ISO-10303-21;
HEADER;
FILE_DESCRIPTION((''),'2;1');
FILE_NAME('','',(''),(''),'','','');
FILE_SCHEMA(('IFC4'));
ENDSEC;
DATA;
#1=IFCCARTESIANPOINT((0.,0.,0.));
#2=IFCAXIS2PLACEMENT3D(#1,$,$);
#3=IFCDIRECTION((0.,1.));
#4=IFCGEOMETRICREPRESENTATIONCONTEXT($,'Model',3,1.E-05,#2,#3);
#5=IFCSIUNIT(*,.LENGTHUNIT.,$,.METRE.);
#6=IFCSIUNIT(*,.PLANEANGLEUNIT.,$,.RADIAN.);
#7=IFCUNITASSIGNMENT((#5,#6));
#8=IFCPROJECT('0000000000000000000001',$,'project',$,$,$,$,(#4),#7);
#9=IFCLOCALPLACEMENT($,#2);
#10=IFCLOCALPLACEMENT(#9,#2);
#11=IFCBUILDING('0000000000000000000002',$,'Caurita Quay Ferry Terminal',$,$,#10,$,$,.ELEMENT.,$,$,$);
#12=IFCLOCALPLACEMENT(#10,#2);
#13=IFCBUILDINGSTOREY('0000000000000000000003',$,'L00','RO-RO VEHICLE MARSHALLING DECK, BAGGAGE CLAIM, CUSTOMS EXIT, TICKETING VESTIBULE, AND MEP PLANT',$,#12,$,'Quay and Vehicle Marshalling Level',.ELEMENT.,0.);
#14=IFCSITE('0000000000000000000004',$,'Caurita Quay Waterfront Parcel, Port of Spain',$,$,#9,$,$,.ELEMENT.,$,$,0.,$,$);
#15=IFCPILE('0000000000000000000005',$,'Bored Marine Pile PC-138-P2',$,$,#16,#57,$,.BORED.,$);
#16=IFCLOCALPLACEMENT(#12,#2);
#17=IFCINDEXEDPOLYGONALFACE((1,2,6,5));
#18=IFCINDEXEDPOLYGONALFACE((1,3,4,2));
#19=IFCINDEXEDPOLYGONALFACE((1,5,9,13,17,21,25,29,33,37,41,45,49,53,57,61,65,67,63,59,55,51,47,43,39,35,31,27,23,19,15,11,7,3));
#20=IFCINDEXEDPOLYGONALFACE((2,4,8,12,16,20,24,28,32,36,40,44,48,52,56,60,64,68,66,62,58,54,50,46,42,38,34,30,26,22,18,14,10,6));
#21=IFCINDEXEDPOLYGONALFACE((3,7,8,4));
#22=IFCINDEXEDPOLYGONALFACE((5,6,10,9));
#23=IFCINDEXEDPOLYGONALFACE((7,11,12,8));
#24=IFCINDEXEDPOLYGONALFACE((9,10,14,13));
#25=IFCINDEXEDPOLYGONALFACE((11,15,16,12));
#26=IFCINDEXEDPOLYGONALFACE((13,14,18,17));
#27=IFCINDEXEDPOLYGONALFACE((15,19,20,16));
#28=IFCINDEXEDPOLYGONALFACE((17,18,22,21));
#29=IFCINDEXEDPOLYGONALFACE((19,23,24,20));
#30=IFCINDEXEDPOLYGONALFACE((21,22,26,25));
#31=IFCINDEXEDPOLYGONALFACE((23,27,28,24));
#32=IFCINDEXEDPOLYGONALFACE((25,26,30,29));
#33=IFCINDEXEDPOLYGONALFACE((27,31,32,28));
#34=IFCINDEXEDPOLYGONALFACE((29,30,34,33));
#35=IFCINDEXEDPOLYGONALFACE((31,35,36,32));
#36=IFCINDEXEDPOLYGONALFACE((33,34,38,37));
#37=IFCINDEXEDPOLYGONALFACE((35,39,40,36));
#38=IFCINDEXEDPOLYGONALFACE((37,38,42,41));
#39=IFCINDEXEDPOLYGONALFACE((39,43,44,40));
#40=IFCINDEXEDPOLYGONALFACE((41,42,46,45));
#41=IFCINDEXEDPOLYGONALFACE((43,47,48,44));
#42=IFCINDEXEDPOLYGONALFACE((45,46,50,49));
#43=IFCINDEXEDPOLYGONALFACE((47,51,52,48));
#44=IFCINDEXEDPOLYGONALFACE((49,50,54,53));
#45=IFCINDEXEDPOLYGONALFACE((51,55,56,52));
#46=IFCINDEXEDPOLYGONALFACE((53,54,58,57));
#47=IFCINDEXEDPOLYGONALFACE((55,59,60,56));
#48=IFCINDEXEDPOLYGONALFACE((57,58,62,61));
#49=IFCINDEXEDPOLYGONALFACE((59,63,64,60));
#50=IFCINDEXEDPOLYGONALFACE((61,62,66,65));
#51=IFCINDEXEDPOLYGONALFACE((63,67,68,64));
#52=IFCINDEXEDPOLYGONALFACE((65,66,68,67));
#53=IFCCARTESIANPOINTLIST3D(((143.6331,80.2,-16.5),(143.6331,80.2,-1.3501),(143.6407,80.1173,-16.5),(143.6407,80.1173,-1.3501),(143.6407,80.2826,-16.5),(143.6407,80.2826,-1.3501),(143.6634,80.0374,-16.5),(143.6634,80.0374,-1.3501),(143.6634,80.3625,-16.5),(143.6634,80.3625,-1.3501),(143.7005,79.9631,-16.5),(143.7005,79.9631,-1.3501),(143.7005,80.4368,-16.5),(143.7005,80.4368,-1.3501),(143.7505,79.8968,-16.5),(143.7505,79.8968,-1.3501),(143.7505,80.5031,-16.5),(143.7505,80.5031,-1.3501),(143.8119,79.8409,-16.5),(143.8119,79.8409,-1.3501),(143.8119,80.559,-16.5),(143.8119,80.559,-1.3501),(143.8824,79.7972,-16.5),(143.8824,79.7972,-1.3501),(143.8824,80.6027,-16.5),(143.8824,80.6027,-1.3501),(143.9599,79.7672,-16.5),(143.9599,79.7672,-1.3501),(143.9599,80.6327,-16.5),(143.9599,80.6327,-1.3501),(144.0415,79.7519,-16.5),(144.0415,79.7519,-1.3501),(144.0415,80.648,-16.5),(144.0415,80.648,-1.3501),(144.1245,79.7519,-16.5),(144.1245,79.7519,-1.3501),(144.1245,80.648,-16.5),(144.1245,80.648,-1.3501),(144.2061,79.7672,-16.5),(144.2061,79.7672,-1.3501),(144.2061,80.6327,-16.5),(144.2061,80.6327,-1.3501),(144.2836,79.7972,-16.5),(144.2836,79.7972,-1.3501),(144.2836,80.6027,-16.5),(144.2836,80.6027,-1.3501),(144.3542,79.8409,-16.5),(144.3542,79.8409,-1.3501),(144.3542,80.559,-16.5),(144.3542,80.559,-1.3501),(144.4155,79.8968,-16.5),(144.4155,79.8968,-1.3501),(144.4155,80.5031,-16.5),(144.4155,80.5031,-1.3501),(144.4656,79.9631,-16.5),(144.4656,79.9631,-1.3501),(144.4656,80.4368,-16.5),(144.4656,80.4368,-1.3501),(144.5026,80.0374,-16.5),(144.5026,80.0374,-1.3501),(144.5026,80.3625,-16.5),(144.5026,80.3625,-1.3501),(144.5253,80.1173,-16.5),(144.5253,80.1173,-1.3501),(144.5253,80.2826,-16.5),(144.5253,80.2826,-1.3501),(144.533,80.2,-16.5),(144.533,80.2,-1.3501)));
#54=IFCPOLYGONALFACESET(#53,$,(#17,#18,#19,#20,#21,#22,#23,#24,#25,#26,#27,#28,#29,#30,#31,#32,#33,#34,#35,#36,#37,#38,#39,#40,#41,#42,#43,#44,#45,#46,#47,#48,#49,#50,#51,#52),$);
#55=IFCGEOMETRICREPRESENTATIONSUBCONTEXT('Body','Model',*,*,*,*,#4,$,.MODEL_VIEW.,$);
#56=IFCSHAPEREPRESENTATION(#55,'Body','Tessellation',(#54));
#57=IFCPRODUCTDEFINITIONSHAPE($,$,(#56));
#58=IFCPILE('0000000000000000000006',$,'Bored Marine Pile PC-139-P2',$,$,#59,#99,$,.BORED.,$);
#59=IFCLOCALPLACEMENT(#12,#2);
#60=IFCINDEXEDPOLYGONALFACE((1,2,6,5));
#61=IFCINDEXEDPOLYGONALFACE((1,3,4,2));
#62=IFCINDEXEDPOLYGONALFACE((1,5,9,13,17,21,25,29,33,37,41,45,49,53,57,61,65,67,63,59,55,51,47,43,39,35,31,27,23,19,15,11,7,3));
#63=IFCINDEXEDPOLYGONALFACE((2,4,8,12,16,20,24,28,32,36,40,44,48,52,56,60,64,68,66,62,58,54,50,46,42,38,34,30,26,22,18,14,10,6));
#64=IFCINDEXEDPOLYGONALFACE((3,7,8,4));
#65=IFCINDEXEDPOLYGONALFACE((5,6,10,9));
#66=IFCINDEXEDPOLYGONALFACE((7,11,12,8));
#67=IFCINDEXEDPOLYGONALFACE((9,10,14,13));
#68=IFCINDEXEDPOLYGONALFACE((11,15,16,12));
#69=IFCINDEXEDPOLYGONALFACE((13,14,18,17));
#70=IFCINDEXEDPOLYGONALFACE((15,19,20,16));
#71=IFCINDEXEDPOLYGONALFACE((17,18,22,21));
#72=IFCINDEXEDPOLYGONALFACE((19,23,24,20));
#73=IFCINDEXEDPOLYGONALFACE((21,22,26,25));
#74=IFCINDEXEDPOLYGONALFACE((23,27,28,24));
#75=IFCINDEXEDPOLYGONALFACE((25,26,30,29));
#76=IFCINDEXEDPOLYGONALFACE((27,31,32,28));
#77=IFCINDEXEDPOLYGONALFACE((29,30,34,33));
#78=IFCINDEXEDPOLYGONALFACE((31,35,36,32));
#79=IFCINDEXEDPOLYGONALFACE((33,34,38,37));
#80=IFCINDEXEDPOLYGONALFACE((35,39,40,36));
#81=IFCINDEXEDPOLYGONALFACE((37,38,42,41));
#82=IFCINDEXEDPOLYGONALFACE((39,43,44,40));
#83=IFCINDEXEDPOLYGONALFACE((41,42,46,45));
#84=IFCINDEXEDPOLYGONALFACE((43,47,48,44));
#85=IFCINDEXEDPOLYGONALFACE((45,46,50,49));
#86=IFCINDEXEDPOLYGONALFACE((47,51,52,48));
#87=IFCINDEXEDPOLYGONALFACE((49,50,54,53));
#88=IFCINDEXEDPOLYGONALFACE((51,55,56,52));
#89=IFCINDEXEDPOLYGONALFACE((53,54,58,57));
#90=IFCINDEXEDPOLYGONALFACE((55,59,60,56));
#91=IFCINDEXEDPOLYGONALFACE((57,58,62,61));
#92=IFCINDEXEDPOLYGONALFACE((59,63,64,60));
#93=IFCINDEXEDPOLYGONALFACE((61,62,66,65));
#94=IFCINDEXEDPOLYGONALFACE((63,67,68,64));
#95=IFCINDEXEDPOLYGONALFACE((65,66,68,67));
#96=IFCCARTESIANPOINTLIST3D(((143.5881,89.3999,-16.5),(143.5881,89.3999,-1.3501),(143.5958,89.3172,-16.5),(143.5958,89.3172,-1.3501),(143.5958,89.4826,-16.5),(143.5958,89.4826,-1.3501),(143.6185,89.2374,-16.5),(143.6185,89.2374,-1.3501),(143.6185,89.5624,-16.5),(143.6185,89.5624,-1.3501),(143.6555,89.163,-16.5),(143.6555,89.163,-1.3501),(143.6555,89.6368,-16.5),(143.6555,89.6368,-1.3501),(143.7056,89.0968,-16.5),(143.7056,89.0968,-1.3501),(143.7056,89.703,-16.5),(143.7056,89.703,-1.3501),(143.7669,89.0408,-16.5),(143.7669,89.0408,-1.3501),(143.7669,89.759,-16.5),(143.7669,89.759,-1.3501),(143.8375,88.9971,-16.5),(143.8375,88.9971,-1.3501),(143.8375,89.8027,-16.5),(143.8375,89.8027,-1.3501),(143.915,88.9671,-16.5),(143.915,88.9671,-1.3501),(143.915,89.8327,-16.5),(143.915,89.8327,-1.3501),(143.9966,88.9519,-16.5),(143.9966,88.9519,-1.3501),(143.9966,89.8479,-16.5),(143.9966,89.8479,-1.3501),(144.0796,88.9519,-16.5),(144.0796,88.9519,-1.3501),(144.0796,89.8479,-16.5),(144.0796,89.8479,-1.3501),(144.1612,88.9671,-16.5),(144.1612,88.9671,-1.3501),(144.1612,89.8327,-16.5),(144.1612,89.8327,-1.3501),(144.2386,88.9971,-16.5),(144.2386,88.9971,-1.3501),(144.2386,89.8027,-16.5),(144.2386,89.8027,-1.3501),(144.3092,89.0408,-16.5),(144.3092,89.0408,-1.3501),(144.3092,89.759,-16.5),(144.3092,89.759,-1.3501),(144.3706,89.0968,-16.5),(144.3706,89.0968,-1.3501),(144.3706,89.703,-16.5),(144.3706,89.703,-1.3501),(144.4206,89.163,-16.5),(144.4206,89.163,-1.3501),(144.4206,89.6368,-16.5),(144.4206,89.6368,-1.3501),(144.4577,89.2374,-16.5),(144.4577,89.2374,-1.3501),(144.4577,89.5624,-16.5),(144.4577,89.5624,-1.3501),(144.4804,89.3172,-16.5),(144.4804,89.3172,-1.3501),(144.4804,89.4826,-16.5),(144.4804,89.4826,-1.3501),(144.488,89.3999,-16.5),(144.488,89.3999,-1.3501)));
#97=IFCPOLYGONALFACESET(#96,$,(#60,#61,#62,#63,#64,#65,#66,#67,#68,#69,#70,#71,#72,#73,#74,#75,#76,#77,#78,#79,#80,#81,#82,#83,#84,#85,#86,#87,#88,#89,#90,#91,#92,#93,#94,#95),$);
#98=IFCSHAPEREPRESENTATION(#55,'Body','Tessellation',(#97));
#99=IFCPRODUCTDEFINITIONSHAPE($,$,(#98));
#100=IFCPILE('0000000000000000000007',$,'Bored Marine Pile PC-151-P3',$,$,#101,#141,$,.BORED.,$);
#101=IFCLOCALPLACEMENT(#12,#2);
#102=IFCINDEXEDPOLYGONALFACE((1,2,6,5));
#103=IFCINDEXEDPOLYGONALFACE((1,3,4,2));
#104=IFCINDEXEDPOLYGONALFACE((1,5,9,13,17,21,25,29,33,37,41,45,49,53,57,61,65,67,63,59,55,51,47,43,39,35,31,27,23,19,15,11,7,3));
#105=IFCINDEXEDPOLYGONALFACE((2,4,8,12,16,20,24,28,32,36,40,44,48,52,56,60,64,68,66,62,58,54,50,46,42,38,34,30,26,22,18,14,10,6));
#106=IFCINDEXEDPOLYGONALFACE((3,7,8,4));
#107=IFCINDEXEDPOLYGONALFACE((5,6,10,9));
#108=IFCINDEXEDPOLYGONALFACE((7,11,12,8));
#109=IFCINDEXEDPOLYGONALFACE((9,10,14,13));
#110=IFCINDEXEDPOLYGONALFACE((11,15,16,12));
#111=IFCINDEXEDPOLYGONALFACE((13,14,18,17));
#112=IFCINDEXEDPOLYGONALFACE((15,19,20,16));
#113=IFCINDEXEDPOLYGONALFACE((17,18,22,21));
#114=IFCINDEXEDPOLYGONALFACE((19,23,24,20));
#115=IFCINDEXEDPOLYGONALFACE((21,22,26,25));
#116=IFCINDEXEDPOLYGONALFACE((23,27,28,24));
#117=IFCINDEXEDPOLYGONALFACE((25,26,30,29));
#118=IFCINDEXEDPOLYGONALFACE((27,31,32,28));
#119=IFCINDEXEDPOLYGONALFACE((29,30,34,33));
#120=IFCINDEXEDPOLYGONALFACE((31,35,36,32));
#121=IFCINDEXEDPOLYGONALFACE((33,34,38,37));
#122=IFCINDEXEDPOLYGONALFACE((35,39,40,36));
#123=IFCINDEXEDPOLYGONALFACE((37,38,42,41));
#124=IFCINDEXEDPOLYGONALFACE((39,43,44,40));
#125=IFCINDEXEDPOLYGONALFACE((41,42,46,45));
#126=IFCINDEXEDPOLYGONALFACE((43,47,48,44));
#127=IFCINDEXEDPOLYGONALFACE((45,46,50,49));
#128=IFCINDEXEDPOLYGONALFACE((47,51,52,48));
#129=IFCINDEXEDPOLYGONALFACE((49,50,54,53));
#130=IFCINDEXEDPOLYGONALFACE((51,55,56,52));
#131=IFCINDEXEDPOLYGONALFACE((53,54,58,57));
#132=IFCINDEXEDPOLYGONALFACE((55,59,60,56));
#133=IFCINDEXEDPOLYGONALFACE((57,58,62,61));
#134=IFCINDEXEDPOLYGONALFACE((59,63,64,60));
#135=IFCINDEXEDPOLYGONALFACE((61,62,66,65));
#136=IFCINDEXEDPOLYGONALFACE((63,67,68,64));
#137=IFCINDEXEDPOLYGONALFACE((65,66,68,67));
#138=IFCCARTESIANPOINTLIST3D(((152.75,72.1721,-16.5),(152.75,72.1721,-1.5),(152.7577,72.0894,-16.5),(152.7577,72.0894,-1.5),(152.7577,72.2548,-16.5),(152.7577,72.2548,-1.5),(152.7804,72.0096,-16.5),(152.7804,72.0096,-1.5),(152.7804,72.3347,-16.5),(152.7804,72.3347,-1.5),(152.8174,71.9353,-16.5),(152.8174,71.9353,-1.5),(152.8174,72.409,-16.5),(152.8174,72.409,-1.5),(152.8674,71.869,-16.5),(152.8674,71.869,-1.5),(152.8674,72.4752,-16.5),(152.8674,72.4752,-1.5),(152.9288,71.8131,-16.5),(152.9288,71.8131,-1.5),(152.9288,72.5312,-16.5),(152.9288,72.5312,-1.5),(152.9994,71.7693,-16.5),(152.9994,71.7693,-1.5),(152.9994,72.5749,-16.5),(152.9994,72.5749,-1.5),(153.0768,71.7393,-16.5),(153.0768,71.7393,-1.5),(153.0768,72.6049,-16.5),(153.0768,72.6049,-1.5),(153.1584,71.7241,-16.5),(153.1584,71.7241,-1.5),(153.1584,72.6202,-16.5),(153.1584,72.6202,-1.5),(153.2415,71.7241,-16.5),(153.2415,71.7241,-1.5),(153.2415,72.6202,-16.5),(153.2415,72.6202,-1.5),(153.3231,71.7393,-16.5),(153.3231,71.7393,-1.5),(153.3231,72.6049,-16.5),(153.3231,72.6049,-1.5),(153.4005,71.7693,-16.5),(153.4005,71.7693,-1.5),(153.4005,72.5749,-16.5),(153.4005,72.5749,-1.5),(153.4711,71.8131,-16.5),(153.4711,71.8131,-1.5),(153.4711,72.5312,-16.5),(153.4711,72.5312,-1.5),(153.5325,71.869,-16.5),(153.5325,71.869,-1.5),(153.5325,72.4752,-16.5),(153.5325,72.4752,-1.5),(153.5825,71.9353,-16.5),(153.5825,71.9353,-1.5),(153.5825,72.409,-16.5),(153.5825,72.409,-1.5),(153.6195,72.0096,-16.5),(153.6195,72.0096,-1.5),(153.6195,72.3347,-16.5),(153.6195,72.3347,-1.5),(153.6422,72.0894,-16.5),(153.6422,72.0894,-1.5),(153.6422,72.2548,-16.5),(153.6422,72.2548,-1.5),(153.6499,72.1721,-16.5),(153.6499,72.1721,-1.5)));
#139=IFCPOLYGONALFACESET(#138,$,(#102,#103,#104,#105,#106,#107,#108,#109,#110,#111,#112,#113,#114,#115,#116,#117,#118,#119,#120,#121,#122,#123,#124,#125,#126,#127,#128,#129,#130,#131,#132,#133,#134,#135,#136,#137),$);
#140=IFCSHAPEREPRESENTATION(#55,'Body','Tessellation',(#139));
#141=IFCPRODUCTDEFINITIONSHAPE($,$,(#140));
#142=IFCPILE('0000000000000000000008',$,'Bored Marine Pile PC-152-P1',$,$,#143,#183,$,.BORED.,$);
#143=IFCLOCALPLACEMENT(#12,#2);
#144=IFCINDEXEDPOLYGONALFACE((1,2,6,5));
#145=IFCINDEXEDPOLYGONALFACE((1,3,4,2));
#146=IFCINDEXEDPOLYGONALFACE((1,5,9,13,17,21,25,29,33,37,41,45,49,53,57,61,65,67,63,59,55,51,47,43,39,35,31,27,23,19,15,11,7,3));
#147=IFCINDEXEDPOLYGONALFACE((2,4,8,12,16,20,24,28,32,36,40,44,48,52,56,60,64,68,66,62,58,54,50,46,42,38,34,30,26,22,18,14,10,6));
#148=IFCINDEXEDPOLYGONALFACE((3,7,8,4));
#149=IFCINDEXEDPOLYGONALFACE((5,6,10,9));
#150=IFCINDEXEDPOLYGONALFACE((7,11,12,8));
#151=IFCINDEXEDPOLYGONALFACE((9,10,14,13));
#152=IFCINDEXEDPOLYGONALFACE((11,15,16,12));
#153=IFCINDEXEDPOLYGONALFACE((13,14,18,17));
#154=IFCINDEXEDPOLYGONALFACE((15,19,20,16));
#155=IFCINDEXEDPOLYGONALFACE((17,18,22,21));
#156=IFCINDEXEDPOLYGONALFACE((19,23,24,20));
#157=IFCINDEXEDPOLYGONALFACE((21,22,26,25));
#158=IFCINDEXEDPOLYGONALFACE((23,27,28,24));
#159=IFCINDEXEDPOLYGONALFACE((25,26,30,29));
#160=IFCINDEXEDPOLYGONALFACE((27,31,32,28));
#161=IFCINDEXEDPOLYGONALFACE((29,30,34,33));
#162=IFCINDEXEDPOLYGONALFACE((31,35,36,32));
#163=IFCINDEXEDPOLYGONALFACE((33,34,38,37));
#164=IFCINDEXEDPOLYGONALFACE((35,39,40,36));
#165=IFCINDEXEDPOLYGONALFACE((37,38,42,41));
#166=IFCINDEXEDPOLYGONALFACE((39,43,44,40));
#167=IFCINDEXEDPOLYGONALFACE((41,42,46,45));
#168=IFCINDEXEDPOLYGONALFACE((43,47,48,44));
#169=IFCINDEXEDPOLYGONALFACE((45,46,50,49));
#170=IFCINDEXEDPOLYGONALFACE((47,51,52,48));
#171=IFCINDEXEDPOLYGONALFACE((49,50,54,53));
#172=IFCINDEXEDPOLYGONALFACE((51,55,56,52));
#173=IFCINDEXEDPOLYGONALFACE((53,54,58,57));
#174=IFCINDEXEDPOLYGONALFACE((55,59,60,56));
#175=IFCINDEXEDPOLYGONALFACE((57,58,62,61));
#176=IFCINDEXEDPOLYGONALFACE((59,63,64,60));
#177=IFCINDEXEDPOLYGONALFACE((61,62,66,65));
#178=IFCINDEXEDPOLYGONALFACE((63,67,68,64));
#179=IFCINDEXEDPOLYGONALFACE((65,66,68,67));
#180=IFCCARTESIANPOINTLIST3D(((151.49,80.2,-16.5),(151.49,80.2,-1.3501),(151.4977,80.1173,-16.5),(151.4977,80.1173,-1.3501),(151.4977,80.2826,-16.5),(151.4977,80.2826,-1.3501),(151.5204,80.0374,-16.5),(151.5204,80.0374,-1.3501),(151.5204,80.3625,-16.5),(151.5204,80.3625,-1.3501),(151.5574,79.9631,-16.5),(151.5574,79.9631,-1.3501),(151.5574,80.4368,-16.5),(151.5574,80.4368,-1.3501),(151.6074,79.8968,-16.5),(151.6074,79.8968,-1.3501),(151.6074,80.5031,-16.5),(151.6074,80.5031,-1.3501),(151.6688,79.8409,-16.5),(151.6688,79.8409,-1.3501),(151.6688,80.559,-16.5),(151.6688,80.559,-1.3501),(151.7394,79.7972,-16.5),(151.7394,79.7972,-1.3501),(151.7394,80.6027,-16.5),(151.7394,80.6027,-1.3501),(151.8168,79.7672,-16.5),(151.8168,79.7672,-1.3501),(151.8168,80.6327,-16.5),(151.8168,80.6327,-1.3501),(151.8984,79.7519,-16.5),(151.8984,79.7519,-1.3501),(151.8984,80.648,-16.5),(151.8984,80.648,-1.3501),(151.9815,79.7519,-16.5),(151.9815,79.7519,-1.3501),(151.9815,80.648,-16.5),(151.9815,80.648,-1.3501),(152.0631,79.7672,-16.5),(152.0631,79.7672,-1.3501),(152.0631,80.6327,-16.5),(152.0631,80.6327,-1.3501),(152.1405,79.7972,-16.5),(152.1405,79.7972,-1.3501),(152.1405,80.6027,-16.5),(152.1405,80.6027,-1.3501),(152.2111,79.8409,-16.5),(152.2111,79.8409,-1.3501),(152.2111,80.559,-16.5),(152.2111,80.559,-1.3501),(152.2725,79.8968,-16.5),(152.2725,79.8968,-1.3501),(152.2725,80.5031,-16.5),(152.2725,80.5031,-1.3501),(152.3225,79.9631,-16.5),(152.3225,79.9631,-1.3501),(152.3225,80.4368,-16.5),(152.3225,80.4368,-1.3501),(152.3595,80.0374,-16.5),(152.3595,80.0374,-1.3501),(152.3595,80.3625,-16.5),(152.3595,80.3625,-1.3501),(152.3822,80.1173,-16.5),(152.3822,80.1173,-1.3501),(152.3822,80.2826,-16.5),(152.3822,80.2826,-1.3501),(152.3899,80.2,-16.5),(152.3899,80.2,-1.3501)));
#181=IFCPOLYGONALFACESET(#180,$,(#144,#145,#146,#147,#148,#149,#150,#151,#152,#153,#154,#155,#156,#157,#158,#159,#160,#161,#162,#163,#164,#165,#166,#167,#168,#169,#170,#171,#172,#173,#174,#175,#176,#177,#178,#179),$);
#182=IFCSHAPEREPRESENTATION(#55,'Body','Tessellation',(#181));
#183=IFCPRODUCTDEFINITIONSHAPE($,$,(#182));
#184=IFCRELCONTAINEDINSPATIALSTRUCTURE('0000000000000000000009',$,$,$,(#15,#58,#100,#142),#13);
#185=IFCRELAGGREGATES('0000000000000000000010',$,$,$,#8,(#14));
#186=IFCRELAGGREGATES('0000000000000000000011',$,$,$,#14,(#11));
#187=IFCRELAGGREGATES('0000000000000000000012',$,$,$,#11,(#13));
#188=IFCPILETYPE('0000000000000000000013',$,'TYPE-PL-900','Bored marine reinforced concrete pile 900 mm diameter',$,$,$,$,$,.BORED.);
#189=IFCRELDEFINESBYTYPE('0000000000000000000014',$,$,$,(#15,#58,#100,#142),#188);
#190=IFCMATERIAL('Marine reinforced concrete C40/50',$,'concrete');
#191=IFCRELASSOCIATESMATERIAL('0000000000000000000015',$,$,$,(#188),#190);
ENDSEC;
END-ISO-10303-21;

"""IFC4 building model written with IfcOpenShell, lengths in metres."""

from ifc_helpers import new_model, si_unit, direction, frame, origin, origin_2d, place, context, subcontext, project, spatial, circle, extrude, material, material_profile, profile_set, type_object, element, save


model = new_model("IFC4")

# Units and contexts
model_context = context("Model", 3, precision=1e-05, world=origin(), true_north=direction((0.0, 1.0)))
body_context = subcontext(model_context, "Body", "Model", "MODEL_VIEW")
ifc_project = project(units=[si_unit("LENGTHUNIT", "METRE"), si_unit("PLANEANGLEUNIT", "RADIAN")], contexts=[model_context])

# Site, building, storey
site_placement = place(None, origin())
site = spatial("IfcSite", under=ifc_project, at=site_placement, Name="Caurita Quay Waterfront Parcel, Port of Spain", CompositionType="ELEMENT", RefElevation=0.0)
building_placement = place(site_placement, origin())
building = spatial("IfcBuilding", under=site, at=building_placement, Name="Caurita Quay Ferry Terminal", CompositionType="ELEMENT")
storey_placement = place(building_placement, origin())
storey = spatial("IfcBuildingStorey", under=building, at=storey_placement, Name="L00", Description="RO-RO VEHICLE MARSHALLING DECK, BAGGAGE CLAIM, CUSTOMS EXIT, TICKETING VESTIBULE, AND MEP PLANT", LongName="Quay and Vehicle Marshalling Level", CompositionType="ELEMENT", Elevation=0.0)

# Piles
ifc_material_1 = material(Name="Marine reinforced concrete C40/50", Category="concrete")
ifc_material_profile_1 = material_profile(ifc_material_1, circle(Radius=0.45, at=origin_2d()), Name="PILE-D900")
ifc_profile_set_1 = profile_set([ifc_material_profile_1], Name="Marine reinforced concrete C40/50")
pile_type = type_object("IfcPileType", Name="TYPE-PL-900", Description="Bored marine reinforced concrete pile 900 mm diameter", PredefinedType="BORED", material=ifc_profile_set_1)
for number, where, z_axis, x_axis, name in (
    (1, (144.083, 80.2, -1.3501), (0.0, 0.0, -1.0), (1.0, 0.0, 0.0), "Bored Marine Pile PC-138-P2"),
    (2, (144.0381, 89.3999, -1.3501), (0.0, 0.0, -1.0), (1.0, 0.0, 0.0), "Bored Marine Pile PC-139-P2"),
):
    element("IfcPile", number, at=place(storey_placement, frame(where, z_axis=z_axis, x_axis=x_axis)), inside=storey, type_object=pile_type, Name=name, PredefinedType="BORED", context=body_context, shape_type="SweptSolid", body=[
        extrude(circle(Radius=0.45, at=origin_2d()), origin(), (0.0, 0.0, 1.0), 15.1499),
    ])
pile_placement = place(storey_placement, frame((153.2, 72.1721, -1.5), z_axis=(0.0, 0.0, -1.0), x_axis=(1.0, 0.0, 0.0)))
element("IfcPile", 3, at=pile_placement, inside=storey, type_object=pile_type, Name="Bored Marine Pile PC-151-P3", PredefinedType="BORED", context=body_context, shape_type="SweptSolid", body=[
    extrude(circle(Radius=0.45, at=origin_2d()), origin(), (0.0, 0.0, 1.0), 15.0),
])
for number, where, z_axis, x_axis, name in (
    (4, (151.9399, 80.2, -1.3501), (0.0, 0.0, -1.0), (1.0, 0.0, 0.0), "Bored Marine Pile PC-152-P1"),
):
    element("IfcPile", number, at=place(storey_placement, frame(where, z_axis=z_axis, x_axis=x_axis)), inside=storey, type_object=pile_type, Name=name, PredefinedType="BORED", context=body_context, shape_type="SweptSolid", body=[
        extrude(circle(Radius=0.45, at=origin_2d()), origin(), (0.0, 0.0, 1.0), 15.1499),
    ])

save(model, "model.ifc")
